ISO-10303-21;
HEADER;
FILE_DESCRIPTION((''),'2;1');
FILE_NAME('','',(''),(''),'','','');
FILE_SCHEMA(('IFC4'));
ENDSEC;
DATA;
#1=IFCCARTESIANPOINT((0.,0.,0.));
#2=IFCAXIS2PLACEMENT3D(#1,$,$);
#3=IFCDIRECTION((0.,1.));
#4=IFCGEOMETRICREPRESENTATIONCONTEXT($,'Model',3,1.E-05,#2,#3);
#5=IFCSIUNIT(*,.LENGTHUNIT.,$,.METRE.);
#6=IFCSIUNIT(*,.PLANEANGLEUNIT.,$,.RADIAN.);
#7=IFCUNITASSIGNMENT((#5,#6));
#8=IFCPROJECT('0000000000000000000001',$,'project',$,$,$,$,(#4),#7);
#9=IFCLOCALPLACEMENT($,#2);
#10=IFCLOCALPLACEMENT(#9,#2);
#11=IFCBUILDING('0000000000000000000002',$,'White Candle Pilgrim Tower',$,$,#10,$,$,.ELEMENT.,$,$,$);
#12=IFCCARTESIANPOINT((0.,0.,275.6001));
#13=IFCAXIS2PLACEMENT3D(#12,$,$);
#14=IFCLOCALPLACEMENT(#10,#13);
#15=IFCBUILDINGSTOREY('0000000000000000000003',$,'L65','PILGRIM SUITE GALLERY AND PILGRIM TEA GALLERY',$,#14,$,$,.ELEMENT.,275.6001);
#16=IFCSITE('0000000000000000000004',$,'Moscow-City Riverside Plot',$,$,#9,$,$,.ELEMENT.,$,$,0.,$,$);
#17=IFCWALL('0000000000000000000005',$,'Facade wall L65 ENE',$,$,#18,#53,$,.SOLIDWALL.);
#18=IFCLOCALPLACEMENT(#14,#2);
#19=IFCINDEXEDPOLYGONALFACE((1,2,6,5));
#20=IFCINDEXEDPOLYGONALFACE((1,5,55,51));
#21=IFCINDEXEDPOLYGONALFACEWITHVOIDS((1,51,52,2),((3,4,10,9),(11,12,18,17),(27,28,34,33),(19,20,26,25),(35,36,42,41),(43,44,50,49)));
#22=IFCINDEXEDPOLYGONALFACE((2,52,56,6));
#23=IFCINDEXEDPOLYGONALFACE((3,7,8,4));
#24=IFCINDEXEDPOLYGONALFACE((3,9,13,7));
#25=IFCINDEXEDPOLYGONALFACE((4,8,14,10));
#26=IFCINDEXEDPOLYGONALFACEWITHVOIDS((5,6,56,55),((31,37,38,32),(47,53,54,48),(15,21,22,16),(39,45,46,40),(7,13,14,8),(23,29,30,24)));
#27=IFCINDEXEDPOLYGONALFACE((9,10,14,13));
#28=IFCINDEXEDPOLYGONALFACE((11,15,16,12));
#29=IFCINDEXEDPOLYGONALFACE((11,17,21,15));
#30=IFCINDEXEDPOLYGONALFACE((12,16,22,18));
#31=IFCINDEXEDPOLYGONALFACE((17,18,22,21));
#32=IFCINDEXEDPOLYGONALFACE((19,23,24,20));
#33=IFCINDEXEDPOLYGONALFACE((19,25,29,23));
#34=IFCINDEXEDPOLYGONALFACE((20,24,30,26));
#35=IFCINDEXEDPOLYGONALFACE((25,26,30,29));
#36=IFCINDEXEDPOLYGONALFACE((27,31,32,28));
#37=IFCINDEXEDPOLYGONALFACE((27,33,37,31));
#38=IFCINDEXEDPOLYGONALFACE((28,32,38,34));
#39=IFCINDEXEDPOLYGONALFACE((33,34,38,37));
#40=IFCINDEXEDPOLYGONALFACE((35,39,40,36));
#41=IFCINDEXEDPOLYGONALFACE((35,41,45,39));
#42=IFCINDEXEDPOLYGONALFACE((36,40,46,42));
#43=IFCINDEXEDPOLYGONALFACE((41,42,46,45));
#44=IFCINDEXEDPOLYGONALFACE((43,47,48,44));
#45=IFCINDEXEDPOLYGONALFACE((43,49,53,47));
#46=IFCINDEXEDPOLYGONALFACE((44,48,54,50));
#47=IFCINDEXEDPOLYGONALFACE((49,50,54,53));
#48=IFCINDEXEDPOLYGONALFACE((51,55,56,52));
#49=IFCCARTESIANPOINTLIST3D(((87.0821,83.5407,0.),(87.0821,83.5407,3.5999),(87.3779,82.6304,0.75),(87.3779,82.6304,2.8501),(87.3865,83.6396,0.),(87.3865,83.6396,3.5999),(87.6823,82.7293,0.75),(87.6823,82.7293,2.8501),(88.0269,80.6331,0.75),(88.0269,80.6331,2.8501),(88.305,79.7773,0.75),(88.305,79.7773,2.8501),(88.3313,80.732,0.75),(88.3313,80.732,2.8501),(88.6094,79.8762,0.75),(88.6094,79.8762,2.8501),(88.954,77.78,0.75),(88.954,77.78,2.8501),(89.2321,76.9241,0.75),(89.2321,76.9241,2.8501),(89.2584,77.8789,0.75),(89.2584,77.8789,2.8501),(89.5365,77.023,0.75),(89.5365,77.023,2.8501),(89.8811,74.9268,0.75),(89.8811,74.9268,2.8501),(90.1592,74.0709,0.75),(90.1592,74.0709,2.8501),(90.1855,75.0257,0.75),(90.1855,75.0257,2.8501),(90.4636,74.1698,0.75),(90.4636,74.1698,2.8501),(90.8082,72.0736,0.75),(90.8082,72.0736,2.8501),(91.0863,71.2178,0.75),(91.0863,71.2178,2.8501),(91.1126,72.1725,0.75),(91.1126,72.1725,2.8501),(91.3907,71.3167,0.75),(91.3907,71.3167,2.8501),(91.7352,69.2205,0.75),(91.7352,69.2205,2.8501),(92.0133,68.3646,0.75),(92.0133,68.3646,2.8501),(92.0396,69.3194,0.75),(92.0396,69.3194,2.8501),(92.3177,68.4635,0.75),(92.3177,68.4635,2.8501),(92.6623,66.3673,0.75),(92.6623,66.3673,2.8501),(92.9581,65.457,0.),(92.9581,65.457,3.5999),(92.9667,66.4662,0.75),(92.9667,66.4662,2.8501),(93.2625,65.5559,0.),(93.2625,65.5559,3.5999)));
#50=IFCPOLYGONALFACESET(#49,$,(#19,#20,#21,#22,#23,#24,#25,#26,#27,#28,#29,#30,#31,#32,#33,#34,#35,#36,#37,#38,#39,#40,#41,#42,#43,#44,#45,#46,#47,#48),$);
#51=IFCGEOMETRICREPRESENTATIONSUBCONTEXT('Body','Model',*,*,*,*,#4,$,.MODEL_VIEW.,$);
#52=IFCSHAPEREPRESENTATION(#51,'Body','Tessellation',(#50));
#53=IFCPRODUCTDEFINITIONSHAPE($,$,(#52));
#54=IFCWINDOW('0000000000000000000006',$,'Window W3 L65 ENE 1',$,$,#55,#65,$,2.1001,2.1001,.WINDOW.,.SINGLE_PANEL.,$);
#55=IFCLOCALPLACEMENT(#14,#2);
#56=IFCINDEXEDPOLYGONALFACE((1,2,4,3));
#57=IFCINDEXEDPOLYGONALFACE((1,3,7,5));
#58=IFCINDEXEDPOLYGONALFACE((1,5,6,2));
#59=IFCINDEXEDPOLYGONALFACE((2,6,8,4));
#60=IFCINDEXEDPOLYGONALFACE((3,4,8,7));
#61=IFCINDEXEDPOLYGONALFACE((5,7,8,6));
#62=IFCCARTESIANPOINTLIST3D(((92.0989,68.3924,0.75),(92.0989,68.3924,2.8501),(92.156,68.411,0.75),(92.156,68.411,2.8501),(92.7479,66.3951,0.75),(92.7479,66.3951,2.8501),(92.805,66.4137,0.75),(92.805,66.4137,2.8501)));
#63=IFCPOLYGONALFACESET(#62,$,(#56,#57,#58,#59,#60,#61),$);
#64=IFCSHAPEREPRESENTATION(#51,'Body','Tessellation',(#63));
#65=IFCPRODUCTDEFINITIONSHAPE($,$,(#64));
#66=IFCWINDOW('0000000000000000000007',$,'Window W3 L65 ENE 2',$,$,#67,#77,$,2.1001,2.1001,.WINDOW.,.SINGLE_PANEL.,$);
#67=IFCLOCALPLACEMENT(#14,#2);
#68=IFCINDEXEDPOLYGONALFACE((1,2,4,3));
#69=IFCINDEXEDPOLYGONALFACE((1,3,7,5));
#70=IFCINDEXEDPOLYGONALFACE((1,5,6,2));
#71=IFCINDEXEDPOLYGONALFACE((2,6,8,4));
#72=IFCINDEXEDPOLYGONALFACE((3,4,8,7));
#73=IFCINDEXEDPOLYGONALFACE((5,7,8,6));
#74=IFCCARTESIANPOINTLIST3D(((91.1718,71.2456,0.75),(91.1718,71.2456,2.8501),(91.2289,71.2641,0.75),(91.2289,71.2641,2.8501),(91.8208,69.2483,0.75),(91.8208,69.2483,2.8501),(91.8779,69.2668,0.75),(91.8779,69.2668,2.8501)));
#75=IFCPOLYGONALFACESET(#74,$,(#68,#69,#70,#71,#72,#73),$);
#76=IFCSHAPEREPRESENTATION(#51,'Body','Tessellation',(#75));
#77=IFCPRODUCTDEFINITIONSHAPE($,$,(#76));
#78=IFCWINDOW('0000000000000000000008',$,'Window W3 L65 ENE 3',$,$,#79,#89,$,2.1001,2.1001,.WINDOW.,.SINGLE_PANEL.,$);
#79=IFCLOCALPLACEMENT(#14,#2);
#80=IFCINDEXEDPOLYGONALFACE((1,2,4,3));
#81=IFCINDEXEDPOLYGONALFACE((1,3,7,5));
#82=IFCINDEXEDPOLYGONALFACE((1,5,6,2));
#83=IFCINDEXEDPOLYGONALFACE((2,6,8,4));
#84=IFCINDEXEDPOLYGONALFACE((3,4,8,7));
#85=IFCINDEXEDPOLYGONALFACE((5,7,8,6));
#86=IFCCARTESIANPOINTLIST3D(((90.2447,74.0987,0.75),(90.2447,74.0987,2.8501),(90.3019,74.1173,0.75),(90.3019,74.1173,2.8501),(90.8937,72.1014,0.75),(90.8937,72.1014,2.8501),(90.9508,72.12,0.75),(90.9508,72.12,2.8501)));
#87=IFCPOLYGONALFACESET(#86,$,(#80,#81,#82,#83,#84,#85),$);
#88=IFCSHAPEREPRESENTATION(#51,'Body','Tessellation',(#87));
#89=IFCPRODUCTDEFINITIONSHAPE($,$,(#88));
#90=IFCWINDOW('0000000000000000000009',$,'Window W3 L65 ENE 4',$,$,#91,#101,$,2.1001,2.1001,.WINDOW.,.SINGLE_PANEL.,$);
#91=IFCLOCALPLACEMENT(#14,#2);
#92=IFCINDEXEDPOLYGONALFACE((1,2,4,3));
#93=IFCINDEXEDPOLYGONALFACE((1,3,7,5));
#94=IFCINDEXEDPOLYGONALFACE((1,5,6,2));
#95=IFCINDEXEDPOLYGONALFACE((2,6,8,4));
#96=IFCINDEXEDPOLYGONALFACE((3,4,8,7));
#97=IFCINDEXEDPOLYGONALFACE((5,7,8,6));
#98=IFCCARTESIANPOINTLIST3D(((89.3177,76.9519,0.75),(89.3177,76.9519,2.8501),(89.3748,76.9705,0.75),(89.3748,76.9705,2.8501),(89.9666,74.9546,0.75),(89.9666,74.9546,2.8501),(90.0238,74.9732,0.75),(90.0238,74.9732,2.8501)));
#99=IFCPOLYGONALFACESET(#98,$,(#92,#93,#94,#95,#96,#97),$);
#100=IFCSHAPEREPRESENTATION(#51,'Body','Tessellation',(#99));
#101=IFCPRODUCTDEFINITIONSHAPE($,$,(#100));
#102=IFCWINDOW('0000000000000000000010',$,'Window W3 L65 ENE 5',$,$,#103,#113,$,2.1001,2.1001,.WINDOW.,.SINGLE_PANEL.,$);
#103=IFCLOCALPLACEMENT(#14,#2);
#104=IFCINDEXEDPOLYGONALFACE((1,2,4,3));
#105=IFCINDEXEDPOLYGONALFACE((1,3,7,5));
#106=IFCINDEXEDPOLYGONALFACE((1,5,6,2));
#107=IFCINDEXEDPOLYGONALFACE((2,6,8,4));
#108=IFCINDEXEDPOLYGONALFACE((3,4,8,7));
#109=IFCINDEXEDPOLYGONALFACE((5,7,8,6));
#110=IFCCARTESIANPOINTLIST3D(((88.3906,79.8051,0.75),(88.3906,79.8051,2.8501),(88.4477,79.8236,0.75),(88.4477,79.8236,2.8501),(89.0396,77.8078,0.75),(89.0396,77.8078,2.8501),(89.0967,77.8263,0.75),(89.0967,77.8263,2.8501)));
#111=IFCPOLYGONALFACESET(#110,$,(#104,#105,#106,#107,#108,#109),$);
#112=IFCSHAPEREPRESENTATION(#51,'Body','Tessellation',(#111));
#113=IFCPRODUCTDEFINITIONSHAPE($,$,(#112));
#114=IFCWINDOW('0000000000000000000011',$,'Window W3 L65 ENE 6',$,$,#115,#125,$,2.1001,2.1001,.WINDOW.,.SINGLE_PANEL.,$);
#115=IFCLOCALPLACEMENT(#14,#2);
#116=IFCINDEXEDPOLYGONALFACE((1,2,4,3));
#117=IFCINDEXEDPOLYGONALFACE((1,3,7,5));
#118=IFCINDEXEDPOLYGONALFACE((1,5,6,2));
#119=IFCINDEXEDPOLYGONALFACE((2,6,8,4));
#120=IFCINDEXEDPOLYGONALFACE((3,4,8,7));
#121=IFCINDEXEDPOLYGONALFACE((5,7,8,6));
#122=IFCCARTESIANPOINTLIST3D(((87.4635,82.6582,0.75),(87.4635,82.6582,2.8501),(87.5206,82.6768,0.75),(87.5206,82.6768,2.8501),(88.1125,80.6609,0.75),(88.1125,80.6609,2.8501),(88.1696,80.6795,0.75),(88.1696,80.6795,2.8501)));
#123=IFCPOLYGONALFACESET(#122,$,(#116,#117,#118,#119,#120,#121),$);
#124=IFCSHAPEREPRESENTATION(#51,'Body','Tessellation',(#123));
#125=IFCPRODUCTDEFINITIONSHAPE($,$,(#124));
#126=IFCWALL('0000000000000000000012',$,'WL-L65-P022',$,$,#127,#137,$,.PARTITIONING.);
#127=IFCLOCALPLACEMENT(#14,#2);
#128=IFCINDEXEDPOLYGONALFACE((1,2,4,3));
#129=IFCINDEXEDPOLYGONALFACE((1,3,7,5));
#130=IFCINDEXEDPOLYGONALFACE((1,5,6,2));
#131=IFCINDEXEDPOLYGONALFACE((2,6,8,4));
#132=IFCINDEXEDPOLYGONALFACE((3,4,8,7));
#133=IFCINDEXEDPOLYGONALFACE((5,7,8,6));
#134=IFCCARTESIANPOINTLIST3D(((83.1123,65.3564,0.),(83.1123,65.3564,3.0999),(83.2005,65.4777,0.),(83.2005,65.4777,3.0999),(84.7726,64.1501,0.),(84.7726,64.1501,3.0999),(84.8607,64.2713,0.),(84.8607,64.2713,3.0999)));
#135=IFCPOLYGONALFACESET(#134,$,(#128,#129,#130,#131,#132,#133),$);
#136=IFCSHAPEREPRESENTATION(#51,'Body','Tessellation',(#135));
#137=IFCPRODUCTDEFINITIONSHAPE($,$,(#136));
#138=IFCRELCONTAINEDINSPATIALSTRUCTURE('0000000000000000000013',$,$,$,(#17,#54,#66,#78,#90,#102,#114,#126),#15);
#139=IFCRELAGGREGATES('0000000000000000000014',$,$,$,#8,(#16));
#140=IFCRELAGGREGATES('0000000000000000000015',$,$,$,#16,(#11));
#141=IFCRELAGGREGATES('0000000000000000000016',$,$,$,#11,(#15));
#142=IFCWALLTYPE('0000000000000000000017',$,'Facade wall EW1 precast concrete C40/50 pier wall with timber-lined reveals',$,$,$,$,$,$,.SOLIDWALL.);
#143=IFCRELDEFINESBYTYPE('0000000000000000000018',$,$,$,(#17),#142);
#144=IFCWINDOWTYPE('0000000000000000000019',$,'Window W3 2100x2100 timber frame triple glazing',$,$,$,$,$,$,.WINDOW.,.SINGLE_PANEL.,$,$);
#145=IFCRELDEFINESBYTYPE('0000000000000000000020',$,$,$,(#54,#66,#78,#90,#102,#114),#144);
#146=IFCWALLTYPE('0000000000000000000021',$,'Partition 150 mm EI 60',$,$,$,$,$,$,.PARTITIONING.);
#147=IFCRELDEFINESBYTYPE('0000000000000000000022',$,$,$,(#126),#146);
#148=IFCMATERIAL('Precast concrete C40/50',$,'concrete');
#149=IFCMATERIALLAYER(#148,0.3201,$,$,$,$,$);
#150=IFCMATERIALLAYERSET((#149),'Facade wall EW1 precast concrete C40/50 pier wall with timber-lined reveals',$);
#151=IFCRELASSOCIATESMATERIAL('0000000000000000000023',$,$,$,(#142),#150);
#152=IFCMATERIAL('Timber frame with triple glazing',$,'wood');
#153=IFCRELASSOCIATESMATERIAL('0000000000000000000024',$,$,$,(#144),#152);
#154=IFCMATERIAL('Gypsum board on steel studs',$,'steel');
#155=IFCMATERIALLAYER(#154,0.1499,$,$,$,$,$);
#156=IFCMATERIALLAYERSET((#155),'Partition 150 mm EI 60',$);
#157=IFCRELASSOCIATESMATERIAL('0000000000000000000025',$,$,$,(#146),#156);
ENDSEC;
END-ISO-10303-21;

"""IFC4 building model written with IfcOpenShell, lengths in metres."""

from ifc_helpers import new_model, si_unit, direction, frame, frame_2d, origin, place, context, subcontext, project, spatial, rectangle, extrude, material, layer, layer_set, type_object, element, fill, save


model = new_model("IFC4")

# Units and contexts
model_context = context("Model", 3, precision=1e-05, world=origin(), true_north=direction((0.0, 1.0)))
body_context = subcontext(model_context, "Body", "Model", "MODEL_VIEW")
ifc_project = project(units=[si_unit("LENGTHUNIT", "METRE"), si_unit("PLANEANGLEUNIT", "RADIAN")], contexts=[model_context])

# Site, building, storey
site_placement = place(None, origin())
site = spatial("IfcSite", under=ifc_project, at=site_placement, Name="Moscow-City Riverside Plot", CompositionType="ELEMENT", RefElevation=0.0)
building_placement = place(site_placement, origin())
building = spatial("IfcBuilding", under=site, at=building_placement, Name="White Candle Pilgrim Tower", CompositionType="ELEMENT")
storey_placement = place(building_placement, frame((0.0, 0.0, 275.6001)))
storey = spatial("IfcBuildingStorey", under=building, at=storey_placement, Name="L65", Description="PILGRIM SUITE GALLERY AND PILGRIM TEA GALLERY", CompositionType="ELEMENT", Elevation=275.6001)

# Shared definitions
ifc_material_1 = material(Name="Gypsum board on steel studs", Category="steel")

# Wall, openings, windows
ifc_material_2 = material(Name="Precast concrete C40/50", Category="concrete")
ifc_layer_1 = layer(ifc_material_2, 0.3201)
ifc_layer_set_1 = layer_set([ifc_layer_1], Name="Facade wall EW1 precast concrete C40/50 pier wall with timber-lined reveals")
wall_type_1 = type_object("IfcWallType", Name="Facade wall EW1 precast concrete C40/50 pier wall with timber-lined reveals", PredefinedType="SOLIDWALL", material=ifc_layer_set_1)
wall_1_placement = place(storey_placement, frame((93.1104, 65.5063, 0.0), z_axis=(0.0, 0.0, 1.0), x_axis=(-0.309027, 0.951053, 0.0)))
wall_1 = element("IfcWall", 1, at=wall_1_placement, inside=storey, type_object=wall_type_1, Name="Facade wall L65 ENE", PredefinedType="SOLIDWALL", context=body_context, shape_type="SweptSolid", body=[
    extrude(rectangle(XDim=19.0144, YDim=0.3201, at=frame_2d((9.5073, 0.0))), origin(), (0.0, 0.0, 1.0), 3.5999),
])
opening_1_placement = place(wall_1_placement, frame((0.9573, 0.0, 0.75)))
opening_1 = element("IfcOpeningElement", 2, at=opening_1_placement, cuts=wall_1, PredefinedType="OPENING", context=body_context, shape_type="SweptSolid", body=[
    extrude(rectangle(XDim=2.1001, YDim=2.1001, at=frame_2d((1.05, 1.05))), frame((0.0, 0.1699, 0.0), z_axis=(0.0, -1.0, 0.0), x_axis=(1.0, 0.0, 0.0)), (0.0, 0.0, 1.0), 0.3401),
])
opening_2_placement = place(wall_1_placement, frame((3.9573, 0.0, 0.75)))
opening_2 = element("IfcOpeningElement", 3, at=opening_2_placement, cuts=wall_1, PredefinedType="OPENING", context=body_context, shape_type="SweptSolid", body=[
    extrude(rectangle(XDim=2.1001, YDim=2.1001, at=frame_2d((1.05, 1.05))), frame((0.0, 0.1699, 0.0), z_axis=(0.0, -1.0, 0.0), x_axis=(1.0, 0.0, 0.0)), (0.0, 0.0, 1.0), 0.3401),
])
opening_3_placement = place(wall_1_placement, frame((6.9573, 0.0, 0.75)))
opening_3 = element("IfcOpeningElement", 4, at=opening_3_placement, cuts=wall_1, PredefinedType="OPENING", context=body_context, shape_type="SweptSolid", body=[
    extrude(rectangle(XDim=2.1001, YDim=2.1001, at=frame_2d((1.05, 1.05))), frame((0.0, 0.1699, 0.0), z_axis=(0.0, -1.0, 0.0), x_axis=(1.0, 0.0, 0.0)), (0.0, 0.0, 1.0), 0.3401),
])
opening_4_placement = place(wall_1_placement, frame((9.9573, 0.0, 0.75)))
opening_4 = element("IfcOpeningElement", 5, at=opening_4_placement, cuts=wall_1, PredefinedType="OPENING", context=body_context, shape_type="SweptSolid", body=[
    extrude(rectangle(XDim=2.1001, YDim=2.1001, at=frame_2d((1.05, 1.05))), frame((0.0, 0.1699, 0.0), z_axis=(0.0, -1.0, 0.0), x_axis=(1.0, 0.0, 0.0)), (0.0, 0.0, 1.0), 0.3401),
])
opening_5_placement = place(wall_1_placement, frame((12.9573, 0.0, 0.75)))
opening_5 = element("IfcOpeningElement", 6, at=opening_5_placement, cuts=wall_1, PredefinedType="OPENING", context=body_context, shape_type="SweptSolid", body=[
    extrude(rectangle(XDim=2.1001, YDim=2.1001, at=frame_2d((1.05, 1.05))), frame((0.0, 0.1699, 0.0), z_axis=(0.0, -1.0, 0.0), x_axis=(1.0, 0.0, 0.0)), (0.0, 0.0, 1.0), 0.3401),
])
opening_6_placement = place(wall_1_placement, frame((15.9573, 0.0, 0.75)))
opening_6 = element("IfcOpeningElement", 7, at=opening_6_placement, cuts=wall_1, PredefinedType="OPENING", context=body_context, shape_type="SweptSolid", body=[
    extrude(rectangle(XDim=2.1001, YDim=2.1001, at=frame_2d((1.05, 1.05))), frame((0.0, 0.1699, 0.0), z_axis=(0.0, -1.0, 0.0), x_axis=(1.0, 0.0, 0.0)), (0.0, 0.0, 1.0), 0.3401),
])
ifc_material_3 = material(Name="Timber frame with triple glazing", Category="wood")
window_type = type_object("IfcWindowType", Name="Window W3 2100x2100 timber frame triple glazing", PartitioningType="SINGLE_PANEL", PredefinedType="WINDOW", material=ifc_material_3)
window_1_placement = place(opening_1_placement, origin())
window_1 = element("IfcWindow", 8, at=window_1_placement, inside=storey, type_object=window_type, Name="Window W3 L65 ENE 1", OverallHeight=2.1001, OverallWidth=2.1001, PartitioningType="SINGLE_PANEL", PredefinedType="WINDOW", context=body_context, shape_type="SweptSolid", body=[
    extrude(rectangle(XDim=2.1001, YDim=2.1001, at=frame_2d((1.05, 1.05))), frame((0.0, 0.0701, 0.0), z_axis=(0.0, -1.0, 0.0), x_axis=(1.0, 0.0, 0.0)), (0.0, 0.0, 1.0), 0.0601),
])
fill(opening_1, window_1)
window_2_placement = place(opening_2_placement, origin())
window_2 = element("IfcWindow", 9, at=window_2_placement, inside=storey, type_object=window_type, Name="Window W3 L65 ENE 2", OverallHeight=2.1001, OverallWidth=2.1001, PartitioningType="SINGLE_PANEL", PredefinedType="WINDOW", context=body_context, shape_type="SweptSolid", body=[
    extrude(rectangle(XDim=2.1001, YDim=2.1001, at=frame_2d((1.05, 1.05))), frame((0.0, 0.0701, 0.0), z_axis=(0.0, -1.0, 0.0), x_axis=(1.0, 0.0, 0.0)), (0.0, 0.0, 1.0), 0.0601),
])
fill(opening_2, window_2)
window_3_placement = place(opening_3_placement, origin())
window_3 = element("IfcWindow", 10, at=window_3_placement, inside=storey, type_object=window_type, Name="Window W3 L65 ENE 3", OverallHeight=2.1001, OverallWidth=2.1001, PartitioningType="SINGLE_PANEL", PredefinedType="WINDOW", context=body_context, shape_type="SweptSolid", body=[
    extrude(rectangle(XDim=2.1001, YDim=2.1001, at=frame_2d((1.05, 1.05))), frame((0.0, 0.0701, 0.0), z_axis=(0.0, -1.0, 0.0), x_axis=(1.0, 0.0, 0.0)), (0.0, 0.0, 1.0), 0.0601),
])
fill(opening_3, window_3)
window_4_placement = place(opening_4_placement, origin())
window_4 = element("IfcWindow", 11, at=window_4_placement, inside=storey, type_object=window_type, Name="Window W3 L65 ENE 4", OverallHeight=2.1001, OverallWidth=2.1001, PartitioningType="SINGLE_PANEL", PredefinedType="WINDOW", context=body_context, shape_type="SweptSolid", body=[
    extrude(rectangle(XDim=2.1001, YDim=2.1001, at=frame_2d((1.05, 1.05))), frame((0.0, 0.0701, 0.0), z_axis=(0.0, -1.0, 0.0), x_axis=(1.0, 0.0, 0.0)), (0.0, 0.0, 1.0), 0.0601),
])
fill(opening_4, window_4)
window_5_placement = place(opening_5_placement, origin())
window_5 = element("IfcWindow", 12, at=window_5_placement, inside=storey, type_object=window_type, Name="Window W3 L65 ENE 5", OverallHeight=2.1001, OverallWidth=2.1001, PartitioningType="SINGLE_PANEL", PredefinedType="WINDOW", context=body_context, shape_type="SweptSolid", body=[
    extrude(rectangle(XDim=2.1001, YDim=2.1001, at=frame_2d((1.05, 1.05))), frame((0.0, 0.0701, 0.0), z_axis=(0.0, -1.0, 0.0), x_axis=(1.0, 0.0, 0.0)), (0.0, 0.0, 1.0), 0.0601),
])
fill(opening_5, window_5)
window_6_placement = place(opening_6_placement, origin())
window_6 = element("IfcWindow", 13, at=window_6_placement, inside=storey, type_object=window_type, Name="Window W3 L65 ENE 6", OverallHeight=2.1001, OverallWidth=2.1001, PartitioningType="SINGLE_PANEL", PredefinedType="WINDOW", context=body_context, shape_type="SweptSolid", body=[
    extrude(rectangle(XDim=2.1001, YDim=2.1001, at=frame_2d((1.05, 1.05))), frame((0.0, 0.0701, 0.0), z_axis=(0.0, -1.0, 0.0), x_axis=(1.0, 0.0, 0.0)), (0.0, 0.0, 1.0), 0.0601),
])
fill(opening_6, window_6)

# Wall
ifc_layer_2 = layer(ifc_material_1, 0.1499)
ifc_layer_set_2 = layer_set([ifc_layer_2], Name="Partition 150 mm EI 60")
wall_type_2 = type_object("IfcWallType", Name="Partition 150 mm EI 60", PredefinedType="PARTITIONING", material=ifc_layer_set_2)
wall_2_placement = place(storey_placement, frame((84.8167, 64.2107, 0.0), z_axis=(0.0, 0.0, 1.0), x_axis=(-0.808988, 0.587825, 0.0)))
element("IfcWall", 14, at=wall_2_placement, inside=storey, type_object=wall_type_2, Name="WL-L65-P022", PredefinedType="PARTITIONING", context=body_context, shape_type="SweptSolid", body=[
    extrude(rectangle(XDim=2.0522, YDim=0.1499, at=frame_2d((1.0261, 0.0))), origin(), (0.0, 0.0, 1.0), 3.0999),
])

save(model, "model.ifc")
